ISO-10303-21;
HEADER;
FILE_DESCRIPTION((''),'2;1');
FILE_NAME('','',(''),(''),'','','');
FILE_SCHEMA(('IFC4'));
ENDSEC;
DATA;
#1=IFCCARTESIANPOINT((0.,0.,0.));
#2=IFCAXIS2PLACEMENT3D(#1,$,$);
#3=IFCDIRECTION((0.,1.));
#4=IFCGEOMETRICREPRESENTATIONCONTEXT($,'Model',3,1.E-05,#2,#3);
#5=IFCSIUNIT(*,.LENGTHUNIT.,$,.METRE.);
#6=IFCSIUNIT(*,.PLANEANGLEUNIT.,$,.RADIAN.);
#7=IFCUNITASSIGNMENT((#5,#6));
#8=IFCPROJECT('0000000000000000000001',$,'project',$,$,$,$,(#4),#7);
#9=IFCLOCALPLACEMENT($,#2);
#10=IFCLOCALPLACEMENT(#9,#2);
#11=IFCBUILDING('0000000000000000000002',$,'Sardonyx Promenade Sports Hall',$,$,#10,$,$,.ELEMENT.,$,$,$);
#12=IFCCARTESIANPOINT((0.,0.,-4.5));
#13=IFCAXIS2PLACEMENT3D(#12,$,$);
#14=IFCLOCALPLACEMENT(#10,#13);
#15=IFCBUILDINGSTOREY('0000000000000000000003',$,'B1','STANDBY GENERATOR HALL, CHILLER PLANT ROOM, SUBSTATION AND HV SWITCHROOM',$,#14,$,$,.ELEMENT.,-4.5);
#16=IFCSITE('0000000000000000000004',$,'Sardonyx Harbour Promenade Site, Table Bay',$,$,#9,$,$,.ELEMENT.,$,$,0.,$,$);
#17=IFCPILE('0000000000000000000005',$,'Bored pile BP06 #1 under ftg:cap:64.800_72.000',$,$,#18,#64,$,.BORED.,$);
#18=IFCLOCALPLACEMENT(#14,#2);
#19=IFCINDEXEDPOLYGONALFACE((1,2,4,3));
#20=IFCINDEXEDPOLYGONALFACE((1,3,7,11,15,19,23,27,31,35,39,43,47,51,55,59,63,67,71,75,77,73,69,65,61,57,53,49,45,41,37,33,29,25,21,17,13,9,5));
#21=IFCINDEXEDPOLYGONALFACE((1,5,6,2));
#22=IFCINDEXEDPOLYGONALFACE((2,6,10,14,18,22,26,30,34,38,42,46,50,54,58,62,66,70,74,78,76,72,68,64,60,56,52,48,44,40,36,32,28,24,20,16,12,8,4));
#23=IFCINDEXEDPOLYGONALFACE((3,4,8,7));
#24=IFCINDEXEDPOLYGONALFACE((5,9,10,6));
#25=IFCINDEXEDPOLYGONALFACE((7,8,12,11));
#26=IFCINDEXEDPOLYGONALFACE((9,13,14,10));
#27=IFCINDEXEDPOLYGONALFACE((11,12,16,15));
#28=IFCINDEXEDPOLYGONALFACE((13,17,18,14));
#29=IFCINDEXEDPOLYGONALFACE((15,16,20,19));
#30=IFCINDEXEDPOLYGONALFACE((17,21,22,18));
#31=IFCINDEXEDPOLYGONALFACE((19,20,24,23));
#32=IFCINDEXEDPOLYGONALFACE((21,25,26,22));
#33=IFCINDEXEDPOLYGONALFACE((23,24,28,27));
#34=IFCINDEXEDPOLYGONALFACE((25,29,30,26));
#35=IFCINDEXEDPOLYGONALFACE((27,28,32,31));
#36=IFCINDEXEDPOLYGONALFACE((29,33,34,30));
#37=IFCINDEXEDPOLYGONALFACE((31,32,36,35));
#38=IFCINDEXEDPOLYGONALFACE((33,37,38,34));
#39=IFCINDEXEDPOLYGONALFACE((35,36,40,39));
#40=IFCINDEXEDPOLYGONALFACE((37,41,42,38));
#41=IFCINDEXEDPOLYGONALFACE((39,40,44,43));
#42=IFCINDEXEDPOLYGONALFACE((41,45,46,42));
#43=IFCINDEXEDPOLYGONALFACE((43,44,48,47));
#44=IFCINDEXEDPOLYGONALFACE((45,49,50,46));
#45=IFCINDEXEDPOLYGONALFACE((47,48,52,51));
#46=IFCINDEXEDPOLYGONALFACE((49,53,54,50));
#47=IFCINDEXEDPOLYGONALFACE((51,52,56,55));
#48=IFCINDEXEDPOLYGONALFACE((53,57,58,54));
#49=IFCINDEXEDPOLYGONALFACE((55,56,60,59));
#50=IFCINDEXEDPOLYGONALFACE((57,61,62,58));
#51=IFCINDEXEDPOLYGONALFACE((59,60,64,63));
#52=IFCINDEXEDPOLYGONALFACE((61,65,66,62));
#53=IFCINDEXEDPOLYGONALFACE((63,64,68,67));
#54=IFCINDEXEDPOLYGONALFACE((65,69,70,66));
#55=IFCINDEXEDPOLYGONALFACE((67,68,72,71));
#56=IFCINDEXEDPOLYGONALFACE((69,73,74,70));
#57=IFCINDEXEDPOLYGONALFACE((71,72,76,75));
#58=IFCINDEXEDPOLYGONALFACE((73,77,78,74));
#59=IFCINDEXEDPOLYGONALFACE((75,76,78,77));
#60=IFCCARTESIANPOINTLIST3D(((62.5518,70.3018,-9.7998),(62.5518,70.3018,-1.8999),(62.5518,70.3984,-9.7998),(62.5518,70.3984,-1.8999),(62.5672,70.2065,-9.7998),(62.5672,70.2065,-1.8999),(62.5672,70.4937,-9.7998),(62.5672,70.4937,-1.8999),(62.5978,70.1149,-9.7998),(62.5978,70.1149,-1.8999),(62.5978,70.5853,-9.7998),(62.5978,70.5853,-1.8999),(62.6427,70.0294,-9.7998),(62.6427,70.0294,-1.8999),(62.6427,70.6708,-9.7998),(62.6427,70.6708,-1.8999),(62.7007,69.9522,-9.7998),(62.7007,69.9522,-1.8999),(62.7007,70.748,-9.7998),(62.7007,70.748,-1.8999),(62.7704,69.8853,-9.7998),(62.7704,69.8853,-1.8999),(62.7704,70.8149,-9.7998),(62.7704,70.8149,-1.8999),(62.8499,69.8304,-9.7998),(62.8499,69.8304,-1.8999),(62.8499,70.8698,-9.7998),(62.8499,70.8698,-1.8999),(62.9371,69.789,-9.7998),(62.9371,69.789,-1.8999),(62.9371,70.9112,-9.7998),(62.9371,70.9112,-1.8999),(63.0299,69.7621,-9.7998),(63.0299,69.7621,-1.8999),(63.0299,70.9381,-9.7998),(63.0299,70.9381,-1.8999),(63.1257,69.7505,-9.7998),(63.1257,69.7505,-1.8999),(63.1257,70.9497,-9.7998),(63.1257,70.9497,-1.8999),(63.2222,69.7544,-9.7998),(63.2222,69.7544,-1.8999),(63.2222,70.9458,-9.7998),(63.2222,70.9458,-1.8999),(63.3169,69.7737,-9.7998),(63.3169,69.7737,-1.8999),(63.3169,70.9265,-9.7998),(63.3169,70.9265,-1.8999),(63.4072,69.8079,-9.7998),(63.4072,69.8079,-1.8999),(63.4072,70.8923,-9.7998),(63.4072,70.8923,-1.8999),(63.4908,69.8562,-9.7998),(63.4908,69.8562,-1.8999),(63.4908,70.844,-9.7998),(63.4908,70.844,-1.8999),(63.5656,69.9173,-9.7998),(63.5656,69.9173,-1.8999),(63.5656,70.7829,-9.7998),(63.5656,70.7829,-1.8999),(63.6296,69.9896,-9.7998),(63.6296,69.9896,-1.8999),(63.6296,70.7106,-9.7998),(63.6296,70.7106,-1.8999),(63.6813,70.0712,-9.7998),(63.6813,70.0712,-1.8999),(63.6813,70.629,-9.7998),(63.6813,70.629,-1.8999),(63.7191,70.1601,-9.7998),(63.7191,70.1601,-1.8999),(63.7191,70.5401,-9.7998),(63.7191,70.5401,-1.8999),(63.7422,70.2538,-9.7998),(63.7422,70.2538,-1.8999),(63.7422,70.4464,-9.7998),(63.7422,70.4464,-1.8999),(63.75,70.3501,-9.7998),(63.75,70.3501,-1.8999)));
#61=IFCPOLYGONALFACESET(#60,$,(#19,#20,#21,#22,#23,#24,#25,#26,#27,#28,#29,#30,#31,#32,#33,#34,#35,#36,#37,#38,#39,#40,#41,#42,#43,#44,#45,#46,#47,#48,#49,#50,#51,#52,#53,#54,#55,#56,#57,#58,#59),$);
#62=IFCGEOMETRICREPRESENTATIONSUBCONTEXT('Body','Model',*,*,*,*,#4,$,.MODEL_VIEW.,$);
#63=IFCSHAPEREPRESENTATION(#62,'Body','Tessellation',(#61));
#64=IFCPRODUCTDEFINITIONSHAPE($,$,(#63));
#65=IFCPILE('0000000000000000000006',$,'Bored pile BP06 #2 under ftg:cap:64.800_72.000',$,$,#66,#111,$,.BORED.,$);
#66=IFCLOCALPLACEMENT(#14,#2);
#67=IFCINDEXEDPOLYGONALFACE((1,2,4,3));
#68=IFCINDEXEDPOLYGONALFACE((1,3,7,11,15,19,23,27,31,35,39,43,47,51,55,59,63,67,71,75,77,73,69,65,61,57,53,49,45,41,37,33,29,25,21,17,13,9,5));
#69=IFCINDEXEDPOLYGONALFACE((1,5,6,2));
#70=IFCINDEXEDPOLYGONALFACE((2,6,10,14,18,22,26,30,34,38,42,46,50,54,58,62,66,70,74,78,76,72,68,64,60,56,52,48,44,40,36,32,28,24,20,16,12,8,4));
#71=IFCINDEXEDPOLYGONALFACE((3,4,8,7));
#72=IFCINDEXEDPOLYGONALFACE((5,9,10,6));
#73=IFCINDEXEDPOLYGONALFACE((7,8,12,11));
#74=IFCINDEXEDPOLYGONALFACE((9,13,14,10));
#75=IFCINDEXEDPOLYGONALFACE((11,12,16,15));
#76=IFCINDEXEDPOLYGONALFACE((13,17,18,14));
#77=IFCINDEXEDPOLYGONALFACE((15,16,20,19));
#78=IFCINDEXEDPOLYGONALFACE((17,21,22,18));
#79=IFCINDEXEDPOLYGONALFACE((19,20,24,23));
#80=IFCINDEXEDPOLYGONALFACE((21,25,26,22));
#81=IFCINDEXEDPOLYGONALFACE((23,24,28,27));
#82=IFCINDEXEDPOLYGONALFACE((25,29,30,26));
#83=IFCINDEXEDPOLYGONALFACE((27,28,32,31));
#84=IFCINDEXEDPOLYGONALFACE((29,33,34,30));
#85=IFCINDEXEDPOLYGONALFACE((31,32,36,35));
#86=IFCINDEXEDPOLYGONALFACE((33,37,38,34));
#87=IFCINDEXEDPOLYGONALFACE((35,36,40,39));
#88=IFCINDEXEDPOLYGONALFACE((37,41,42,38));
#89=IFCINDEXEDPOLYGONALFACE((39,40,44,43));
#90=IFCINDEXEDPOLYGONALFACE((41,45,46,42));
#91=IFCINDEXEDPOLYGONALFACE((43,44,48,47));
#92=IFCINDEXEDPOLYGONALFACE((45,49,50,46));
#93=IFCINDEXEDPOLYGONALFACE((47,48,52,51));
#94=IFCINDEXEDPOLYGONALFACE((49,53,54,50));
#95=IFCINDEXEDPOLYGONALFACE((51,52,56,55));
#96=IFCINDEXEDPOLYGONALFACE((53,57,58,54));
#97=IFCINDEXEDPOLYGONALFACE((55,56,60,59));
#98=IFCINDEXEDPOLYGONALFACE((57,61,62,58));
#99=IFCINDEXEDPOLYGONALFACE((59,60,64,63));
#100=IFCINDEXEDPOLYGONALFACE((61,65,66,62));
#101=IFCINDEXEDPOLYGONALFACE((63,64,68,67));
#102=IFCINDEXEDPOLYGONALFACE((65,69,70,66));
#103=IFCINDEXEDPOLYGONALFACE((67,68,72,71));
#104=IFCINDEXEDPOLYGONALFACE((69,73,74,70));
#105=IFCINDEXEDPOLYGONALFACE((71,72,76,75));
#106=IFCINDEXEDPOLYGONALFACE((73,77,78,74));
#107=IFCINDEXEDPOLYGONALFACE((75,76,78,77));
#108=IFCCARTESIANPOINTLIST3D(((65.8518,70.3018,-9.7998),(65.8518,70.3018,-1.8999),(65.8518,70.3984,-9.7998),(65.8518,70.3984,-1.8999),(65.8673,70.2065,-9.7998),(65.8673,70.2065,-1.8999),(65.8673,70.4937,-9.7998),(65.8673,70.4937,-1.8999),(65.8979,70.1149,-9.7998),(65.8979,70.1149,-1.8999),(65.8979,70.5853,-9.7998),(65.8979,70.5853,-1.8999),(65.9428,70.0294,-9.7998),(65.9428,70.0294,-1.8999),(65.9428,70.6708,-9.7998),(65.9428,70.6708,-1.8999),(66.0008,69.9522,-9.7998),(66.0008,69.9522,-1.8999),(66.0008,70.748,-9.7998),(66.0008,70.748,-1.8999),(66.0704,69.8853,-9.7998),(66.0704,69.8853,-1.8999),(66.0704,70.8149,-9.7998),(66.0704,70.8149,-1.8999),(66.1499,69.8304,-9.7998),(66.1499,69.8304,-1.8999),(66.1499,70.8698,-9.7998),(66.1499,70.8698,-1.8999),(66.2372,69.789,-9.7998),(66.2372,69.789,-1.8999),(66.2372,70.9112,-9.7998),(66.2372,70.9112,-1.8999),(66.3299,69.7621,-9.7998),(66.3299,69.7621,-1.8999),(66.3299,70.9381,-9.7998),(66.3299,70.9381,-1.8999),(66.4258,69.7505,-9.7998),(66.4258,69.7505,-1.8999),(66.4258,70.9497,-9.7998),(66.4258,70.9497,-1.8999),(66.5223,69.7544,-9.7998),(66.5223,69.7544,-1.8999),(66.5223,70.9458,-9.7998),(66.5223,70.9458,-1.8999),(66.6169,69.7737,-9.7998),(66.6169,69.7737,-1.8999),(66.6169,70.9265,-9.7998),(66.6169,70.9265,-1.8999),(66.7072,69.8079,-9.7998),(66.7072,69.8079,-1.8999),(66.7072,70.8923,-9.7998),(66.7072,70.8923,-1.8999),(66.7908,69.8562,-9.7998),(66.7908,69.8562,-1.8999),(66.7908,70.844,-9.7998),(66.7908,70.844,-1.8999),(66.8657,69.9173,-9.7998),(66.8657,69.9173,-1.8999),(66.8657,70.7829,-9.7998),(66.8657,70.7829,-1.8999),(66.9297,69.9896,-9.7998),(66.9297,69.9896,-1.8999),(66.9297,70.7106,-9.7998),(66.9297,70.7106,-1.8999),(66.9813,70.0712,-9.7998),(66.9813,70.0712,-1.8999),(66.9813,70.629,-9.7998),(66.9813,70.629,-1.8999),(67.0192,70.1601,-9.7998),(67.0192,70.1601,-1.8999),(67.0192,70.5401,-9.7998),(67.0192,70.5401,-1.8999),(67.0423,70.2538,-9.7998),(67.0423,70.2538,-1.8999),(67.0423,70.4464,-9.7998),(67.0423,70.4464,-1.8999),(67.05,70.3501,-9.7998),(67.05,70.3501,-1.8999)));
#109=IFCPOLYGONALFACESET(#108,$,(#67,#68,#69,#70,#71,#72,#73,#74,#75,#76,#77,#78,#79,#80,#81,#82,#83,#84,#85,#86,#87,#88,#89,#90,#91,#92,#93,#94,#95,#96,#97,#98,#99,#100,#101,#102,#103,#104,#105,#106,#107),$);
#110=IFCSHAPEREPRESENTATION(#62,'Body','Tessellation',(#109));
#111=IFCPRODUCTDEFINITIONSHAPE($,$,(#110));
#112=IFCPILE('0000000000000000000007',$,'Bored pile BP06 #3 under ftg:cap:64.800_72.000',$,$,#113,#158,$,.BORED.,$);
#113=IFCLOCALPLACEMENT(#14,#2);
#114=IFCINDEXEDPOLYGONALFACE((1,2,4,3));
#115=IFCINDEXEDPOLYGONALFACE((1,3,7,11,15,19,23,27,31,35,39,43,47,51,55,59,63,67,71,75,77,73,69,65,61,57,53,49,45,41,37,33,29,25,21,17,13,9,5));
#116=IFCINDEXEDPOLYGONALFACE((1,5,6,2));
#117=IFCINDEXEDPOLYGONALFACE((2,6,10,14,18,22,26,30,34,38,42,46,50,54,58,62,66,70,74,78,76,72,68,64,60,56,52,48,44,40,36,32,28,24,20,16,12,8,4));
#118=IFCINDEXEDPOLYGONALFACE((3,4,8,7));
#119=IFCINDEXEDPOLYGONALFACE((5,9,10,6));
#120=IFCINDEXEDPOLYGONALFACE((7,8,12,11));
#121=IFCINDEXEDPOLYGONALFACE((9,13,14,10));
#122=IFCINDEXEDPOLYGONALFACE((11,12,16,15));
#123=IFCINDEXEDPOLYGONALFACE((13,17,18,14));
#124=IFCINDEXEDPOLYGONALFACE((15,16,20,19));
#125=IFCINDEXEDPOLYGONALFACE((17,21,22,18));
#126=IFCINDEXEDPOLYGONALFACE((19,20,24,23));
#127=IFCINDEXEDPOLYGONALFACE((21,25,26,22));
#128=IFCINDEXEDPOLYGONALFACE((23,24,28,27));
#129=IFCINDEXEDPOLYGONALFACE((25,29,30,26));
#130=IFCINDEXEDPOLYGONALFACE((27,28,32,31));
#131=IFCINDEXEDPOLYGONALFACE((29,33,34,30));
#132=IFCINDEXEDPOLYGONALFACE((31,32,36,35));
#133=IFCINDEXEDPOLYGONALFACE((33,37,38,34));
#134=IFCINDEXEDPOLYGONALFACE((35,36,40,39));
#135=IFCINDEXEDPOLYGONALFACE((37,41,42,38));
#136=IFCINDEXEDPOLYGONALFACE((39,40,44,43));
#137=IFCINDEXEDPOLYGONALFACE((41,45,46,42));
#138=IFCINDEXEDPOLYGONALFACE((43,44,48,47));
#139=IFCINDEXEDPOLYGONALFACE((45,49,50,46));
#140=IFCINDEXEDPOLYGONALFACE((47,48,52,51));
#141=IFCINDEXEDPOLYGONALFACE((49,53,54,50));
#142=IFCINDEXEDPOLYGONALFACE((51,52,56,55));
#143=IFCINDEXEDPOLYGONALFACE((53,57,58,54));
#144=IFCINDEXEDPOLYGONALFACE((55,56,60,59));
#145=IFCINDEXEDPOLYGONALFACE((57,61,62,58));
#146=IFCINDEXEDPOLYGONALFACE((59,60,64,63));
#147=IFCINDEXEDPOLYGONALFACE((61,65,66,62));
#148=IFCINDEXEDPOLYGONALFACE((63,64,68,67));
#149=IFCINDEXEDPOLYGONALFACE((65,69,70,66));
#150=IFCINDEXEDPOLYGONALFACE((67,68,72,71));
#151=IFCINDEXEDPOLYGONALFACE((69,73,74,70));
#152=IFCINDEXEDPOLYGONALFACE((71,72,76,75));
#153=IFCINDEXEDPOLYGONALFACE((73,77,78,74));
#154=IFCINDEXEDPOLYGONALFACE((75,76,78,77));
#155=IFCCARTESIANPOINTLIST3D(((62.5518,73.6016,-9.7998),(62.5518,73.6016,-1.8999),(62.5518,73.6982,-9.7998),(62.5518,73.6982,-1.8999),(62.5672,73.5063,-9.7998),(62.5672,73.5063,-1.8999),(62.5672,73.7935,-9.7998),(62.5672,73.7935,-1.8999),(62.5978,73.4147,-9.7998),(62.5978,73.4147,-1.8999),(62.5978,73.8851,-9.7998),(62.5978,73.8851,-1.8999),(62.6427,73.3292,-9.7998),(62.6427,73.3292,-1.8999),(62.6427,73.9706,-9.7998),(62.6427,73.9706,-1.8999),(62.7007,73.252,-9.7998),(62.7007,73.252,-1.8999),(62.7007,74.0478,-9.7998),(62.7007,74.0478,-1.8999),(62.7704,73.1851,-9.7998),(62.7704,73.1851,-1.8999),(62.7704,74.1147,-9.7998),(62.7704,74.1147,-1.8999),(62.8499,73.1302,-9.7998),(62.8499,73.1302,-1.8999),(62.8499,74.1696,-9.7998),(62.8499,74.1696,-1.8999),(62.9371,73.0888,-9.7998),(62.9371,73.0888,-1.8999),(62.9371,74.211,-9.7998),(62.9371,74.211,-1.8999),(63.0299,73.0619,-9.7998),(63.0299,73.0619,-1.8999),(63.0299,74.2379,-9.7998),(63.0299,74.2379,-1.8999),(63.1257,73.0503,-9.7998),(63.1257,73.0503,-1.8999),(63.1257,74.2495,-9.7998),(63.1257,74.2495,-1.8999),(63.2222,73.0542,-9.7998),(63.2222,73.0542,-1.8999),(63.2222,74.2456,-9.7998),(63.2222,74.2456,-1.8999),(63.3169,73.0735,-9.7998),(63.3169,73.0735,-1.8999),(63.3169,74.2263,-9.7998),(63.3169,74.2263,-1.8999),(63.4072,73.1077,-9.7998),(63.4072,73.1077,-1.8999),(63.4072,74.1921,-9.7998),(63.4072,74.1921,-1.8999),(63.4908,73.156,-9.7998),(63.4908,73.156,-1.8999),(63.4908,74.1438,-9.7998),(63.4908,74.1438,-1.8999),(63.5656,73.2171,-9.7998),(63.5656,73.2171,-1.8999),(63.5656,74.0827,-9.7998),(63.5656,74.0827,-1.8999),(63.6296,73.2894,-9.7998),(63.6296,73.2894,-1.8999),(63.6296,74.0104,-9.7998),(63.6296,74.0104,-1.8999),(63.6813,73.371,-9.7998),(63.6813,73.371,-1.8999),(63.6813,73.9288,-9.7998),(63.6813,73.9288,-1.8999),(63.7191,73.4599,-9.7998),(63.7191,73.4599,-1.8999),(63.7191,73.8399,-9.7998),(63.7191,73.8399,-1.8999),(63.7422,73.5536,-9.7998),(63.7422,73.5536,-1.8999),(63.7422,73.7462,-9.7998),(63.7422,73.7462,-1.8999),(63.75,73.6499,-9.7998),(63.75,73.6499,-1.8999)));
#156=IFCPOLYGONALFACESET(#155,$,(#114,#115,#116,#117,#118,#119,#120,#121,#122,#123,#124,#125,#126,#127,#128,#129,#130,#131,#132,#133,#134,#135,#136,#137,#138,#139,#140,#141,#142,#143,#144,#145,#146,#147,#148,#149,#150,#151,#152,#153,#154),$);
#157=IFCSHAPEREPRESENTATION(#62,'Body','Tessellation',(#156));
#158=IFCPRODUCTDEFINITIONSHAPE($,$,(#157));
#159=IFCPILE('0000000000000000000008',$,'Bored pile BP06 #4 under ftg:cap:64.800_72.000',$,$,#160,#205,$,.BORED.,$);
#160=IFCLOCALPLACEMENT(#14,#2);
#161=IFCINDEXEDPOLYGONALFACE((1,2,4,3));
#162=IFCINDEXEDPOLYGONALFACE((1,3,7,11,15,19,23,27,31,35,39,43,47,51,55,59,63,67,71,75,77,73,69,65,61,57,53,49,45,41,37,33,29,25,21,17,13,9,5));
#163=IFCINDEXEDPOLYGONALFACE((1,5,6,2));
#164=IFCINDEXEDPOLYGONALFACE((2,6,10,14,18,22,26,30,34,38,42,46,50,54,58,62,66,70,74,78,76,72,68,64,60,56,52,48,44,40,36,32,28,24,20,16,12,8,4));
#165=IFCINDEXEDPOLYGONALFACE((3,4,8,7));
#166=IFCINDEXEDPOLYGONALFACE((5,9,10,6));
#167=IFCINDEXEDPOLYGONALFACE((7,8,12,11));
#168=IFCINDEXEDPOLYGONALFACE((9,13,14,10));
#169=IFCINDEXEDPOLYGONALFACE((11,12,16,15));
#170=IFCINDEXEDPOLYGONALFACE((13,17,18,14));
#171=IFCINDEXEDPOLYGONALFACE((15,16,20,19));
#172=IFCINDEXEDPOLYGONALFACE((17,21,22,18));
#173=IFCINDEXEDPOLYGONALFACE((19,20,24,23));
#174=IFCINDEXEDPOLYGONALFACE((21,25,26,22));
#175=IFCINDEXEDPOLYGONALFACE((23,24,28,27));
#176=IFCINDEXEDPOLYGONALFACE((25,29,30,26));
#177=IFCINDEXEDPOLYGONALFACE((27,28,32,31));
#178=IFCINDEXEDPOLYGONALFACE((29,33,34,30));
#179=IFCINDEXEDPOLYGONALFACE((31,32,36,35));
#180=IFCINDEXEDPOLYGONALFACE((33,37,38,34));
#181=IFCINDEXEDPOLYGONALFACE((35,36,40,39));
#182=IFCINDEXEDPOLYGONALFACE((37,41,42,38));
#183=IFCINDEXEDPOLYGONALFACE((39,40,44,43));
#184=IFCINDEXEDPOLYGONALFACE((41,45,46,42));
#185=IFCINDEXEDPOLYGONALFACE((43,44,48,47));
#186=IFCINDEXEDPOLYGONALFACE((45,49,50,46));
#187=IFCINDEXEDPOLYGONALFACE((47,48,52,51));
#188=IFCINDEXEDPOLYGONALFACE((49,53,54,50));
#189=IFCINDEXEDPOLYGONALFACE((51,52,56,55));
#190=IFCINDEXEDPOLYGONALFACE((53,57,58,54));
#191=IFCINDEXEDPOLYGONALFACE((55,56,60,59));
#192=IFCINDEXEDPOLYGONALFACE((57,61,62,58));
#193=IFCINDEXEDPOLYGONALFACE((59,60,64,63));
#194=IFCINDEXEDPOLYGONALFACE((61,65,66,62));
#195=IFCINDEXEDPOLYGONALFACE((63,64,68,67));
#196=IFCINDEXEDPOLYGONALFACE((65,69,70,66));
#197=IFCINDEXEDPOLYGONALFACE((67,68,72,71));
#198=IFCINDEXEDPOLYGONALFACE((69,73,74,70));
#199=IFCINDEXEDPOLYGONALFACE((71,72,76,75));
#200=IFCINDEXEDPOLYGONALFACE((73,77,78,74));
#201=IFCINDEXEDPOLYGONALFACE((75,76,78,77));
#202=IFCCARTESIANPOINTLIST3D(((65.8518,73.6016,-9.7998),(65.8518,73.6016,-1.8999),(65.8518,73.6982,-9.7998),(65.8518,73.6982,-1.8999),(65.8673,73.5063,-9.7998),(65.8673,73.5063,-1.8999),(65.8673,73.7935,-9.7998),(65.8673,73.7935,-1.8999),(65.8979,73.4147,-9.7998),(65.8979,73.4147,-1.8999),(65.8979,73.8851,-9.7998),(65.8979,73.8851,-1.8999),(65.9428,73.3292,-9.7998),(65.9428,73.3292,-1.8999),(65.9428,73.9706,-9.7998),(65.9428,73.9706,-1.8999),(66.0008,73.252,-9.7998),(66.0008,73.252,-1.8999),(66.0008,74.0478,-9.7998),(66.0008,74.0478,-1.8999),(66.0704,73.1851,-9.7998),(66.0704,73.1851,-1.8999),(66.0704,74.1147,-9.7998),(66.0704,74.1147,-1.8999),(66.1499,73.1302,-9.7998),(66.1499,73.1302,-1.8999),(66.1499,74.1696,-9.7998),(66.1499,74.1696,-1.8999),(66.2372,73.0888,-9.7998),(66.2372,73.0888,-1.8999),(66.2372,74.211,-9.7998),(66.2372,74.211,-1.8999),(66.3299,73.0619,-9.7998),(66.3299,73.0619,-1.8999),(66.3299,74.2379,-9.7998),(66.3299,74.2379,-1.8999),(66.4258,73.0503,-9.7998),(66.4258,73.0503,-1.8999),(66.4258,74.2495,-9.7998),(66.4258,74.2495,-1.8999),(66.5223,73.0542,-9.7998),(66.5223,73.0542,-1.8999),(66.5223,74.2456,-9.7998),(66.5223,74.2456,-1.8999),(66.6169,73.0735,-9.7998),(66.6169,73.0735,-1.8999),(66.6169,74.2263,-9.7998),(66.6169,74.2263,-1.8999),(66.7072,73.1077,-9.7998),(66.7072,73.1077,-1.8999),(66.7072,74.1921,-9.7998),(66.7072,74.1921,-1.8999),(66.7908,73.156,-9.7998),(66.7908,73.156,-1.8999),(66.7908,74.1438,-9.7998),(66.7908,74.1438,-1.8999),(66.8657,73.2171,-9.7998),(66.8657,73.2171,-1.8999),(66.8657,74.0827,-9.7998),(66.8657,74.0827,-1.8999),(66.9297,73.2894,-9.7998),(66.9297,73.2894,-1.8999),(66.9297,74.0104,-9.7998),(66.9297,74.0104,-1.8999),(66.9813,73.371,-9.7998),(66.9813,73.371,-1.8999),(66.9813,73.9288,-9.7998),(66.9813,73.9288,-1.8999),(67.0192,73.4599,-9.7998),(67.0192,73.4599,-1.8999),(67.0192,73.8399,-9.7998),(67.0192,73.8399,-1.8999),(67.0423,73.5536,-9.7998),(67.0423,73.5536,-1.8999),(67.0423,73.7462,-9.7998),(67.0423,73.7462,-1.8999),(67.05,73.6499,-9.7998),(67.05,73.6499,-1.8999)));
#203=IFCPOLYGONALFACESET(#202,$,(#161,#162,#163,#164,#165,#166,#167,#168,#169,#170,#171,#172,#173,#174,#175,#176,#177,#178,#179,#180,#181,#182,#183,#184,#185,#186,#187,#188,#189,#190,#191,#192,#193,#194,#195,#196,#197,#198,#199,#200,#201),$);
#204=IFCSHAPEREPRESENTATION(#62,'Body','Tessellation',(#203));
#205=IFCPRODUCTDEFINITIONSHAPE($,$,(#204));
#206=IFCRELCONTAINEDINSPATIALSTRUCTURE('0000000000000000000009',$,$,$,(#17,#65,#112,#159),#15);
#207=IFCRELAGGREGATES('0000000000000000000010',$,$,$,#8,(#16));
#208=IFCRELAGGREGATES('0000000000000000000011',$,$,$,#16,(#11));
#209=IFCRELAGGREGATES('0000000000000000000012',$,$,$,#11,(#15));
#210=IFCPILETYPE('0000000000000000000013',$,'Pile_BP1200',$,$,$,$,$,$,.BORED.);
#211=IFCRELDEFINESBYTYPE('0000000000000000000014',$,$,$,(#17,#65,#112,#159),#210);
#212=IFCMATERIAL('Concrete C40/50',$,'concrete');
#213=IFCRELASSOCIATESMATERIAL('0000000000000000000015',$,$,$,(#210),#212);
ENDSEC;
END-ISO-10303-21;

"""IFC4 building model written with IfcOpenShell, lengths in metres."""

from ifc_helpers import new_model, si_unit, direction, frame, origin, origin_2d, place, context, subcontext, project, spatial, circle, extrude, material, material_profile, profile_set, type_object, element, save


model = new_model("IFC4")

# Units and contexts
model_context = context("Model", 3, precision=1e-05, world=origin(), true_north=direction((0.0, 1.0)))
body_context = subcontext(model_context, "Body", "Model", "MODEL_VIEW")
ifc_project = project(units=[si_unit("LENGTHUNIT", "METRE"), si_unit("PLANEANGLEUNIT", "RADIAN")], contexts=[model_context])

# Site, building, storey
site_placement = place(None, origin())
site = spatial("IfcSite", under=ifc_project, at=site_placement, Name="Sardonyx Harbour Promenade Site, Table Bay", CompositionType="ELEMENT", RefElevation=0.0)
building_placement = place(site_placement, origin())
building = spatial("IfcBuilding", under=site, at=building_placement, Name="Sardonyx Promenade Sports Hall", CompositionType="ELEMENT")
storey_placement = place(building_placement, frame((0.0, 0.0, -4.5)))
storey = spatial("IfcBuildingStorey", under=building, at=storey_placement, Name="B1", Description="STANDBY GENERATOR HALL, CHILLER PLANT ROOM, SUBSTATION AND HV SWITCHROOM", CompositionType="ELEMENT", Elevation=-4.5)

# Piles
ifc_material_1 = material(Name="Concrete C40/50", Category="concrete")
ifc_material_profile_1 = material_profile(ifc_material_1, circle(Radius=0.6001, at=origin_2d()))
ifc_profile_set_1 = profile_set([ifc_material_profile_1], Name="Concrete C40/50")
pile_type_1 = type_object("IfcPileType", Name="Pile_BP1200", PredefinedType="BORED", material=ifc_profile_set_1)
for number, where, z_axis, x_axis, name in (
    (1, (63.1499, 70.3501, -1.8999), (0.0, 0.0, -1.0), (1.0, 0.0, 0.0), "Bored pile BP06 #1 under ftg:cap:64.800_72.000"),
    (2, (66.45, 70.3501, -1.8999), (0.0, 0.0, -1.0), (1.0, 0.0, 0.0), "Bored pile BP06 #2 under ftg:cap:64.800_72.000"),
    (3, (63.1499, 73.6499, -1.8999), (0.0, 0.0, -1.0), (1.0, 0.0, 0.0), "Bored pile BP06 #3 under ftg:cap:64.800_72.000"),
    (4, (66.45, 73.6499, -1.8999), (0.0, 0.0, -1.0), (1.0, 0.0, 0.0), "Bored pile BP06 #4 under ftg:cap:64.800_72.000"),
):
    element("IfcPile", number, at=place(storey_placement, frame(where, z_axis=z_axis, x_axis=x_axis)), inside=storey, type_object=pile_type_1, Name=name, PredefinedType="BORED", context=body_context, shape_type="SweptSolid", body=[
        extrude(circle(Radius=0.6001, at=origin_2d()), origin(), (0.0, 0.0, 1.0), 7.8999),
    ])

save(model, "model.ifc")
